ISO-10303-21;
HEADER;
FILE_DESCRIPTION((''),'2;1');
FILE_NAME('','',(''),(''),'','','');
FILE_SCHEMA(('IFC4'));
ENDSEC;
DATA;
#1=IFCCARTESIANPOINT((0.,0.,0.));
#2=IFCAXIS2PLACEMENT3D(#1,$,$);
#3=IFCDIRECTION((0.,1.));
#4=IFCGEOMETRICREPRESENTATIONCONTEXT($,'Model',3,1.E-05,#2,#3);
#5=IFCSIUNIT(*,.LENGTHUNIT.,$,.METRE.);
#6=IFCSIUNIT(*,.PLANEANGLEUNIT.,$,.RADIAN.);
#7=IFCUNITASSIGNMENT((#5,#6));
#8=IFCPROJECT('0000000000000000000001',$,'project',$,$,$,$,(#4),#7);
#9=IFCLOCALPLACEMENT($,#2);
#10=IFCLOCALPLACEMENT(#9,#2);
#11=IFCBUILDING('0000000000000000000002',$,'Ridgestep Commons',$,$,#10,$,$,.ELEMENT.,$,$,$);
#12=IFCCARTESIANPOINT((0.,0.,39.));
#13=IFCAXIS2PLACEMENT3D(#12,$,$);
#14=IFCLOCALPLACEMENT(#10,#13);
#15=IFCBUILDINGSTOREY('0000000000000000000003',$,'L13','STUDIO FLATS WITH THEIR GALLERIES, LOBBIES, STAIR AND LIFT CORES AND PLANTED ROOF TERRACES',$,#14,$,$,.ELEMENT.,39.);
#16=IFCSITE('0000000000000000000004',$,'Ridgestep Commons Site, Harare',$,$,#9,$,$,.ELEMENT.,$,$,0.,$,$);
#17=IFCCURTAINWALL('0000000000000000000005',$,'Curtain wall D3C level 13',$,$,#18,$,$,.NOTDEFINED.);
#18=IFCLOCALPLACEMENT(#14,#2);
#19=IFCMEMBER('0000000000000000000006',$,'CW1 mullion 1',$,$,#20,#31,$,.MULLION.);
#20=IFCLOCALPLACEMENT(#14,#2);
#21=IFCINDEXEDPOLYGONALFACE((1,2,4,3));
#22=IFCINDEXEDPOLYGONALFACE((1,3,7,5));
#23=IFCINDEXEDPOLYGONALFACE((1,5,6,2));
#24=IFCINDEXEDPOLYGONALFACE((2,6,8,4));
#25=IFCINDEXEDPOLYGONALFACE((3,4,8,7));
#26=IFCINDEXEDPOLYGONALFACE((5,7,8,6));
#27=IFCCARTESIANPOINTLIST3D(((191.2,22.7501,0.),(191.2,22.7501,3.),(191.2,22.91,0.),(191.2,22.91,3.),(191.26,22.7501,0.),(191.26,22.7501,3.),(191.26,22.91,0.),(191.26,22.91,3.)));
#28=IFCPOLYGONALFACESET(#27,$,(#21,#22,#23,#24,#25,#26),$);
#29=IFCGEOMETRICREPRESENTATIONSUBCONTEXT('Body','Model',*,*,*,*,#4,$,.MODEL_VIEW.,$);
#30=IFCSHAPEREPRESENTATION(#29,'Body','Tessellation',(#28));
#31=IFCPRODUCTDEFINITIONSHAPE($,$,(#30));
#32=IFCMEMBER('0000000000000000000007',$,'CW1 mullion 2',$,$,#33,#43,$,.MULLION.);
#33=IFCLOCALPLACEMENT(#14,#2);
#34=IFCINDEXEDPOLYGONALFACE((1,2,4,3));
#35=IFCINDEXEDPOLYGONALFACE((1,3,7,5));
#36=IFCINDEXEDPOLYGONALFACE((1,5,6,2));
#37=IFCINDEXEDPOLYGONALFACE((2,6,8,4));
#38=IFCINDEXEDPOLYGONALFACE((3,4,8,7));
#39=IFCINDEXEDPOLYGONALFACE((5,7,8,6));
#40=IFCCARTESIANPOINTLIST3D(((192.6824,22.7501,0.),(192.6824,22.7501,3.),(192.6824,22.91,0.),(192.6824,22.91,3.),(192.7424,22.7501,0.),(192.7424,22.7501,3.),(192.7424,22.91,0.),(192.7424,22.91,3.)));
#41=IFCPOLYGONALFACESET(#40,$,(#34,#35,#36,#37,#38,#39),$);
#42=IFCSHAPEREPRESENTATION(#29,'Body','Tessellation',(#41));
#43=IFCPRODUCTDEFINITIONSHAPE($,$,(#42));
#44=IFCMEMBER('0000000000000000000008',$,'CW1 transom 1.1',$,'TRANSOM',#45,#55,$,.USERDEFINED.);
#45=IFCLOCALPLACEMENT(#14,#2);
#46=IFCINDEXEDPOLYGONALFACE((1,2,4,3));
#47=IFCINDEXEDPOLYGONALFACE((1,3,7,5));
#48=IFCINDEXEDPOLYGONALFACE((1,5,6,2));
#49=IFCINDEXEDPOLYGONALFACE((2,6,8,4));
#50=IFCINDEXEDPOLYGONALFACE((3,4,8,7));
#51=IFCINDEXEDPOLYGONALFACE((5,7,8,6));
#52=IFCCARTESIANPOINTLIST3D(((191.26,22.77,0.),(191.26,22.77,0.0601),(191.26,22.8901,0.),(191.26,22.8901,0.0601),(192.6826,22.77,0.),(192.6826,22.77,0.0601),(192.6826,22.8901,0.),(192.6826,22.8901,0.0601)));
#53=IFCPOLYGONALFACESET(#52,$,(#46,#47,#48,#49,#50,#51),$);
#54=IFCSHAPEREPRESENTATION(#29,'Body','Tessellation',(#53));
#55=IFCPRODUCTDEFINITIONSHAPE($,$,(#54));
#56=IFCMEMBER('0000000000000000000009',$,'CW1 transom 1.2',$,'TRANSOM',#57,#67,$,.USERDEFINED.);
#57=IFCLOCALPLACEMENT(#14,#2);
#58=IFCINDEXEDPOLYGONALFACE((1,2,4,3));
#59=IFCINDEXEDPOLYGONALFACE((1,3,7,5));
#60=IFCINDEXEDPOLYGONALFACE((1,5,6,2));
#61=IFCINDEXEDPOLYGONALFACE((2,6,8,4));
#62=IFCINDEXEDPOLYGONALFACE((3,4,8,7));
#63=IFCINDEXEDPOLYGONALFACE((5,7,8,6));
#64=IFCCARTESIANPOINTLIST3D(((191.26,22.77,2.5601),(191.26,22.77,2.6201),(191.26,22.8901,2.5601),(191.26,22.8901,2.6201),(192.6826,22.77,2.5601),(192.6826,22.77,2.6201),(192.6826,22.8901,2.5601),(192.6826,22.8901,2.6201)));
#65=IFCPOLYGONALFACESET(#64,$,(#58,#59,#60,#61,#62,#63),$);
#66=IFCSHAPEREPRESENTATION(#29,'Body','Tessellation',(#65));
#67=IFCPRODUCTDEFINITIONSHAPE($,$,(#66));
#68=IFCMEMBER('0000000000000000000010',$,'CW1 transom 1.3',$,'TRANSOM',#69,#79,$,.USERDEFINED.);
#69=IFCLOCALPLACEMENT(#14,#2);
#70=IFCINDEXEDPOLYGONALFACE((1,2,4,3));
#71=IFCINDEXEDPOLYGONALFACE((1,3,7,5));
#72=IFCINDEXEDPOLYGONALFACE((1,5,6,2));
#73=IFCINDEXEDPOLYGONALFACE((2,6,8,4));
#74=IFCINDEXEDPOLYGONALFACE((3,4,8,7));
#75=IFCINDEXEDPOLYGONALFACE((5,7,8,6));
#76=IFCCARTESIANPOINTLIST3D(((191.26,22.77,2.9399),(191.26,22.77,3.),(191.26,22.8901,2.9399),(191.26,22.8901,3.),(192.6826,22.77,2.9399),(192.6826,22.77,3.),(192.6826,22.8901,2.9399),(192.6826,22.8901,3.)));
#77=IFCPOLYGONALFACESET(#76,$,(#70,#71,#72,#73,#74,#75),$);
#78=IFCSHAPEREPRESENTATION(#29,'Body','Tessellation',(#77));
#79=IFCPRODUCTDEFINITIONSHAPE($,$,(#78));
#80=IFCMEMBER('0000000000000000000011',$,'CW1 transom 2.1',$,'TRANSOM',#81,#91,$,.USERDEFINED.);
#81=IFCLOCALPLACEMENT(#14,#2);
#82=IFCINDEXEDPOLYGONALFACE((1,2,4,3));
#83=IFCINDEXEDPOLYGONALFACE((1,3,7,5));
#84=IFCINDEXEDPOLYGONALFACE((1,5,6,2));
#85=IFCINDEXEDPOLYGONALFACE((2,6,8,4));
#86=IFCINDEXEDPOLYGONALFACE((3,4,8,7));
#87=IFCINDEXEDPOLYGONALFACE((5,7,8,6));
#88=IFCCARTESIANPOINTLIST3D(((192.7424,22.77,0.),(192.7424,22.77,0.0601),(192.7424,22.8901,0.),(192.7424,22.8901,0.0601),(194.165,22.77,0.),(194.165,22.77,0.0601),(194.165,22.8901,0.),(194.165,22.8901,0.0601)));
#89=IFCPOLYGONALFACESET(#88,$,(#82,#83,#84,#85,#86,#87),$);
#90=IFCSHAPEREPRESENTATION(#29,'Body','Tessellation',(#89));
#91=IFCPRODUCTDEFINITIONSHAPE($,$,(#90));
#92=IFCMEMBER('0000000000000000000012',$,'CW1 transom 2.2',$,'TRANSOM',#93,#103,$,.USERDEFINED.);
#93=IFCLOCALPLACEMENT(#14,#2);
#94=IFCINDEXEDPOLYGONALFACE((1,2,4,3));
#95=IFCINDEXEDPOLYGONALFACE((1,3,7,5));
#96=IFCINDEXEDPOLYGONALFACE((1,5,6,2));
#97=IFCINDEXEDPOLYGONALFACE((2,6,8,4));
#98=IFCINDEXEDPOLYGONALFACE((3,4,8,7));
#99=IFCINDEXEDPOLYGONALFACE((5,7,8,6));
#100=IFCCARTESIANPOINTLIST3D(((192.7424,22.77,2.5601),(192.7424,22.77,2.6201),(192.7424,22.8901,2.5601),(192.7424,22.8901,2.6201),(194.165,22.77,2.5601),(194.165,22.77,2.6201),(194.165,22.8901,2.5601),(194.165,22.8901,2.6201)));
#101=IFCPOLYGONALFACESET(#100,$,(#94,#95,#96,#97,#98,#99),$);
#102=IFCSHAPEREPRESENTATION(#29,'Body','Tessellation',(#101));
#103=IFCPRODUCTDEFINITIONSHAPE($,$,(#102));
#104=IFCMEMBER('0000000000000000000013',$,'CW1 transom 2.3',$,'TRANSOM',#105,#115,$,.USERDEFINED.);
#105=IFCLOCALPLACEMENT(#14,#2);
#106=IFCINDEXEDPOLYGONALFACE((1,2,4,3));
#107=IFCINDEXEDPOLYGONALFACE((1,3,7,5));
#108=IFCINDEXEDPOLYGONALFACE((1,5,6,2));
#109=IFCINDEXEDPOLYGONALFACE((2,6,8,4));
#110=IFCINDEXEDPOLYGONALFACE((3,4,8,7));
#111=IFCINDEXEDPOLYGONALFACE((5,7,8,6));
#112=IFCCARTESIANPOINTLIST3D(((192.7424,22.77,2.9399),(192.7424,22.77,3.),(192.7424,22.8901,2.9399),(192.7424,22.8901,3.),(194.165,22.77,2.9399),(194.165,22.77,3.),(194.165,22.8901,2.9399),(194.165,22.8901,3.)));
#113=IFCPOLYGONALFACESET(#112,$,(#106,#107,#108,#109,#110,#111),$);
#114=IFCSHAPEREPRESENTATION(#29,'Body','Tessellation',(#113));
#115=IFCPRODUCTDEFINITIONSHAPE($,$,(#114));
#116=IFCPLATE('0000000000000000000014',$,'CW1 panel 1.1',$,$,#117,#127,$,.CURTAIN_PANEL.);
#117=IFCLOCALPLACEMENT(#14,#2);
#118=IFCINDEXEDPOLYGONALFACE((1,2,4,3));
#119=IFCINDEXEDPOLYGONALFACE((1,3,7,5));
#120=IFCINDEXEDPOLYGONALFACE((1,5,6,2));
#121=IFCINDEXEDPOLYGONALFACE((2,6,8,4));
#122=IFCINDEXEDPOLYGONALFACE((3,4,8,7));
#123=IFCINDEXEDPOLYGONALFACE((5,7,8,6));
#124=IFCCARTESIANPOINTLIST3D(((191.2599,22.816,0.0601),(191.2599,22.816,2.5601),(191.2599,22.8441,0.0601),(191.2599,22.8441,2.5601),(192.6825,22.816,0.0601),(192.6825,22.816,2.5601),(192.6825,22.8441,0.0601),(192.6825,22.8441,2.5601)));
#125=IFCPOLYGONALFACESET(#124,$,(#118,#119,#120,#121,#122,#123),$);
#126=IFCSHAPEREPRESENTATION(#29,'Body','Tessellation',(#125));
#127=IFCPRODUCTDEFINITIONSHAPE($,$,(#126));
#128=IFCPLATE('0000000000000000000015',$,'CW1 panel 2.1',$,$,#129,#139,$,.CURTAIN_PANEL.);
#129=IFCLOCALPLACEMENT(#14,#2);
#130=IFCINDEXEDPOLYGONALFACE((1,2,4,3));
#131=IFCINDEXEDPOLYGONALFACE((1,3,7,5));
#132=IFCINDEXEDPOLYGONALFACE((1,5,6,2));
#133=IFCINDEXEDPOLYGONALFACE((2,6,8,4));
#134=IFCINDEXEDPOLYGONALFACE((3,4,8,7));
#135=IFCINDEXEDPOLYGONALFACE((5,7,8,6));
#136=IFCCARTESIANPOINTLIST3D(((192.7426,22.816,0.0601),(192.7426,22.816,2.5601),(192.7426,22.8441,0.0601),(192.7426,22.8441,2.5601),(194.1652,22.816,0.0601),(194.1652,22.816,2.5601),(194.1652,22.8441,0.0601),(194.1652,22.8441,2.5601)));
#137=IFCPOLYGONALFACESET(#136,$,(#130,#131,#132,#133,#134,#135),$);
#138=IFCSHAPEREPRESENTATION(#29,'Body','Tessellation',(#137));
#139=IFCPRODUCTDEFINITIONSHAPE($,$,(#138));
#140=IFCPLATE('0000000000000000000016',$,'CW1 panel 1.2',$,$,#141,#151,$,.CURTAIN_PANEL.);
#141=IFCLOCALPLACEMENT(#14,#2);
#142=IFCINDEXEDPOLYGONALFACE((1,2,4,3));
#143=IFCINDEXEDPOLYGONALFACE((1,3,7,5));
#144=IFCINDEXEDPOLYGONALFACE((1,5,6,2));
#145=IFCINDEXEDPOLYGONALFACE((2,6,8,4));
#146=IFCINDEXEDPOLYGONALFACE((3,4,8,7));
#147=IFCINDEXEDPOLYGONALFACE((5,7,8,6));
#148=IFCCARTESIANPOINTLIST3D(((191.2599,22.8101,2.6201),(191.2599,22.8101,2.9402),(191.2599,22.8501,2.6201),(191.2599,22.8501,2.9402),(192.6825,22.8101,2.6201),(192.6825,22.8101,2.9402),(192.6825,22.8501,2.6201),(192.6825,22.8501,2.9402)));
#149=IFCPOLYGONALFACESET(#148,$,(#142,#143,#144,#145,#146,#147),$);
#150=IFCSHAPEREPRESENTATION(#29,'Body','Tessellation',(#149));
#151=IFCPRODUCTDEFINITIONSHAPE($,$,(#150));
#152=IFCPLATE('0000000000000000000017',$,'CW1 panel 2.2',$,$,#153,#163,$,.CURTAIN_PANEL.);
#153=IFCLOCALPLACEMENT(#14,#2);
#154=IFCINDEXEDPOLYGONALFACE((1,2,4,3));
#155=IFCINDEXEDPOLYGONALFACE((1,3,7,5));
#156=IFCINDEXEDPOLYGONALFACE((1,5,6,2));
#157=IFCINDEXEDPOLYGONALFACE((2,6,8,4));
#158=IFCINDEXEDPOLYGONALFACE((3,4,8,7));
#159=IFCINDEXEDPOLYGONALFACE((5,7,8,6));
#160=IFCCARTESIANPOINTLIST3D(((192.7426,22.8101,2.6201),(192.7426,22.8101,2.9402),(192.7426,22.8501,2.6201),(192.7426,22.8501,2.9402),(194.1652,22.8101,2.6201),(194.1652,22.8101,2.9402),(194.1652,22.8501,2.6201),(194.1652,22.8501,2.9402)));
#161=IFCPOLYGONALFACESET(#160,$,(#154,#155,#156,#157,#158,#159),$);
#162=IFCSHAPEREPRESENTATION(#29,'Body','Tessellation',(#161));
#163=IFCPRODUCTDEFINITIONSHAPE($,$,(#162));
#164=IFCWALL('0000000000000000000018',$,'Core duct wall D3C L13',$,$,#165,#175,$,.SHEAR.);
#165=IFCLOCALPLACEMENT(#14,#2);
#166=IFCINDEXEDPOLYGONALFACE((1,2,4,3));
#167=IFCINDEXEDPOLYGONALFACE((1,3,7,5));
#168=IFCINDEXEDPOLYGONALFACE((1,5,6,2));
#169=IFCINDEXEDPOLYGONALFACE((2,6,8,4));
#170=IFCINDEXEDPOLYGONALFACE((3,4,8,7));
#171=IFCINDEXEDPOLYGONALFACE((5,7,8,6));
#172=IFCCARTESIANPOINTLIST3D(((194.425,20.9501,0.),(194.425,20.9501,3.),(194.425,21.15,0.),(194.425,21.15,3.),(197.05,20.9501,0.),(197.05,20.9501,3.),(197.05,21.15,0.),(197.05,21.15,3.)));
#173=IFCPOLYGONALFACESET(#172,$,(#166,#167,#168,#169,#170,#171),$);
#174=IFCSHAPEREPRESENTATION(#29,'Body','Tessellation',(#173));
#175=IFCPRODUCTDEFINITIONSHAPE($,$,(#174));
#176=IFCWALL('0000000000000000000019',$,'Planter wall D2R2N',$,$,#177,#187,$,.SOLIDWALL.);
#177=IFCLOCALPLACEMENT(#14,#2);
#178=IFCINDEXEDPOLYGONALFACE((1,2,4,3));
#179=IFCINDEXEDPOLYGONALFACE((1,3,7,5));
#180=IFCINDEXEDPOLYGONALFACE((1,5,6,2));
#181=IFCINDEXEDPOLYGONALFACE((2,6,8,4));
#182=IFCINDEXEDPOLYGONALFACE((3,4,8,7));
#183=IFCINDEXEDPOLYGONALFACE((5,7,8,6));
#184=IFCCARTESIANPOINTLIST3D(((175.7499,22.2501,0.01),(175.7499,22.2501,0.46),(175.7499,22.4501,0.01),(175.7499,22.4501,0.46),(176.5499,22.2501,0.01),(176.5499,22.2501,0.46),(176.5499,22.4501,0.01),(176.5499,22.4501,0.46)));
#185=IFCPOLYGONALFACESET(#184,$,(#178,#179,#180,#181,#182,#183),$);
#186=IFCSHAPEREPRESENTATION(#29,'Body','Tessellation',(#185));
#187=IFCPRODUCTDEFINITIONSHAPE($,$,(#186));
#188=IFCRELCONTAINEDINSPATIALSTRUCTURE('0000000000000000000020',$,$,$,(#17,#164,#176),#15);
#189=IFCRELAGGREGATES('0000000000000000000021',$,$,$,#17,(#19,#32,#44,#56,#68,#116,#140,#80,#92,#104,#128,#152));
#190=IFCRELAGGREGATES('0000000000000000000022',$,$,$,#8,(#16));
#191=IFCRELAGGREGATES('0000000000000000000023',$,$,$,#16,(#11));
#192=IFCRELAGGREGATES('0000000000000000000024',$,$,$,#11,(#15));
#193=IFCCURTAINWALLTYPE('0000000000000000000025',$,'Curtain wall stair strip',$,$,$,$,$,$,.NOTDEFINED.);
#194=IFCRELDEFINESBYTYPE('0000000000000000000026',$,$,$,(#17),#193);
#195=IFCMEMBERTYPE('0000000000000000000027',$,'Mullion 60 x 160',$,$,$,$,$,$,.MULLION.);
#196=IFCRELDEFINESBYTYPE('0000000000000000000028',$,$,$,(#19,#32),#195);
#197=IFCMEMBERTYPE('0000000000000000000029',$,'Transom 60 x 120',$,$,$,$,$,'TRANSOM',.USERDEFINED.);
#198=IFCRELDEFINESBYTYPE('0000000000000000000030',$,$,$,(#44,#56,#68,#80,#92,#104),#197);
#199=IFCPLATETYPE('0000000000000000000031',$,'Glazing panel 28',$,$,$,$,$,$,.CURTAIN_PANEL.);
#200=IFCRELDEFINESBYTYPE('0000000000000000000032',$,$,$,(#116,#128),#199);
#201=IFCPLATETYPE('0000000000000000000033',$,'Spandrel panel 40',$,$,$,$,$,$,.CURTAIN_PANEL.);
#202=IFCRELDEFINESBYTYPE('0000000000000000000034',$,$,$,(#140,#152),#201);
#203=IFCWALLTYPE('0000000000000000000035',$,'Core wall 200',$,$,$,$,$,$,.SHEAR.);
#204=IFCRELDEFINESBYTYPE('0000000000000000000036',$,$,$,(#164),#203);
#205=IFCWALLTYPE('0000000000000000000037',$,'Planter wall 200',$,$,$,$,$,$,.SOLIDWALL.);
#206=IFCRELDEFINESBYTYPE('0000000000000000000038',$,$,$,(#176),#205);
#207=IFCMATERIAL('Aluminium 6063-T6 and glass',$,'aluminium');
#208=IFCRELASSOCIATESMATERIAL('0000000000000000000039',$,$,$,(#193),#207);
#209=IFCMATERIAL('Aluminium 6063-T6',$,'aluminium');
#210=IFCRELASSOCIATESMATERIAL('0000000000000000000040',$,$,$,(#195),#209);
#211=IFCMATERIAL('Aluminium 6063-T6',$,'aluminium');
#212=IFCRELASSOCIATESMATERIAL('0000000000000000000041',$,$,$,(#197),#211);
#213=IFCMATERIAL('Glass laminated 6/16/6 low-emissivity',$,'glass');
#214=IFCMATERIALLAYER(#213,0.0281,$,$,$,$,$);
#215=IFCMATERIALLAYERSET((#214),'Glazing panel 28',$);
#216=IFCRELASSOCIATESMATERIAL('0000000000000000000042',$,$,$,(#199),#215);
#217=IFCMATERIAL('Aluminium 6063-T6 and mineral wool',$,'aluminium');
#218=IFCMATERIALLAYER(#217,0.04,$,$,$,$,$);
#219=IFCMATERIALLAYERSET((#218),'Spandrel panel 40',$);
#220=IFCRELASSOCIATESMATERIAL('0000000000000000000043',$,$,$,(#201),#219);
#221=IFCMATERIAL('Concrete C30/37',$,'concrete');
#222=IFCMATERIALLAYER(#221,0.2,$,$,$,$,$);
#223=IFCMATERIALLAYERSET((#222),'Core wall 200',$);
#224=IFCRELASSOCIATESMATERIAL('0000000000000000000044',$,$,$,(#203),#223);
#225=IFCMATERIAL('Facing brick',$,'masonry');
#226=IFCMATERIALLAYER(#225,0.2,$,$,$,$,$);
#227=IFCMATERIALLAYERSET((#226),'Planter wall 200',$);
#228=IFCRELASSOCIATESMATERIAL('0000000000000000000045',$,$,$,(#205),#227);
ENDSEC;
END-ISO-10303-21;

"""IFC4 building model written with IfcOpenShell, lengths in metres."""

from ifc_helpers import new_model, si_unit, direction, frame, frame_2d, origin, origin_2d, place, context, subcontext, project, spatial, rectangle, extrude, material, layer, layer_set, material_profile, profile_set, type_object, element, aggregate, save


model = new_model("IFC4")

# Units and contexts
model_context = context("Model", 3, precision=1e-05, world=origin(), true_north=direction((0.0, 1.0)))
body_context = subcontext(model_context, "Body", "Model", "MODEL_VIEW")
ifc_project = project(units=[si_unit("LENGTHUNIT", "METRE"), si_unit("PLANEANGLEUNIT", "RADIAN")], contexts=[model_context])

# Site, building, storey
site_placement = place(None, origin())
site = spatial("IfcSite", under=ifc_project, at=site_placement, Name="Ridgestep Commons Site, Harare", CompositionType="ELEMENT", RefElevation=0.0)
building_placement = place(site_placement, origin())
building = spatial("IfcBuilding", under=site, at=building_placement, Name="Ridgestep Commons", CompositionType="ELEMENT")
storey_placement = place(building_placement, frame((0.0, 0.0, 39.0)))
storey = spatial("IfcBuildingStorey", under=building, at=storey_placement, Name="L13", Description="STUDIO FLATS WITH THEIR GALLERIES, LOBBIES, STAIR AND LIFT CORES AND PLANTED ROOF TERRACES", CompositionType="ELEMENT", Elevation=39.0)

# Curtain wall, members, plates
ifc_material_1 = material(Name="Aluminium 6063-T6 and glass", Category="aluminium")
curtain_wall_type = type_object("IfcCurtainWallType", Name="Curtain wall stair strip", PredefinedType="NOTDEFINED", material=ifc_material_1)
curtain_wall_placement = place(storey_placement, origin())
curtain_wall = element("IfcCurtainWall", 1, at=curtain_wall_placement, inside=storey, type_object=curtain_wall_type, Name="Curtain wall D3C level 13", PredefinedType="NOTDEFINED")
ifc_material_2 = material(Name="Aluminium 6063-T6", Category="aluminium")
ifc_material_profile_1 = material_profile(ifc_material_2, rectangle(XDim=0.1599, YDim=0.0601, at=origin_2d()), Name="Mullion 60 x 160")
ifc_profile_set_1 = profile_set([ifc_material_profile_1], Name="Aluminium 6063-T6")
member_type_1 = type_object("IfcMemberType", Name="Mullion 60 x 160", PredefinedType="MULLION", material=ifc_profile_set_1)
member_1_placement = place(storey_placement, frame((191.23, 22.8301, 0.0), z_axis=(0.0, 0.0, 1.0), x_axis=(0.0, 1.0, 0.0)))
member_1 = element("IfcMember", 2, at=member_1_placement, type_object=member_type_1, Name="CW1 mullion 1", PredefinedType="MULLION", context=body_context, shape_type="SweptSolid", body=[
    extrude(rectangle(XDim=0.1599, YDim=0.0601, at=origin_2d()), origin(), (0.0, 0.0, 1.0), 3.0),
])
member_2_placement = place(storey_placement, frame((192.7124, 22.8301, 0.0), z_axis=(0.0, 0.0, 1.0), x_axis=(0.0, 1.0, 0.0)))
member_2 = element("IfcMember", 3, at=member_2_placement, type_object=member_type_1, Name="CW1 mullion 2", PredefinedType="MULLION", context=body_context, shape_type="SweptSolid", body=[
    extrude(rectangle(XDim=0.1599, YDim=0.0601, at=origin_2d()), origin(), (0.0, 0.0, 1.0), 3.0),
])
ifc_material_3 = material(Name="Aluminium 6063-T6", Category="aluminium")
ifc_material_profile_2 = material_profile(ifc_material_3, rectangle(XDim=0.1201, YDim=0.0601, at=origin_2d()), Name="Transom 60 x 120")
ifc_profile_set_2 = profile_set([ifc_material_profile_2], Name="Aluminium 6063-T6")
member_type_2 = type_object("IfcMemberType", Name="Transom 60 x 120", ElementType="TRANSOM", PredefinedType="USERDEFINED", material=ifc_profile_set_2)
member_3_placement = place(storey_placement, frame((191.26, 22.8301, 0.03), z_axis=(1.0, 0.0, 0.0), x_axis=(0.0, 1.0, 0.0)))
member_3 = element("IfcMember", 4, at=member_3_placement, type_object=member_type_2, Name="CW1 transom 1.1", ObjectType="TRANSOM", PredefinedType="USERDEFINED", context=body_context, shape_type="SweptSolid", body=[
    extrude(rectangle(XDim=0.1201, YDim=0.0601, at=origin_2d()), origin(), (0.0, 0.0, 1.0), 1.4226),
])
member_4_placement = place(storey_placement, frame((191.26, 22.8301, 2.5901), z_axis=(1.0, 0.0, 0.0), x_axis=(0.0, 1.0, 0.0)))
member_4 = element("IfcMember", 5, at=member_4_placement, type_object=member_type_2, Name="CW1 transom 1.2", ObjectType="TRANSOM", PredefinedType="USERDEFINED", context=body_context, shape_type="SweptSolid", body=[
    extrude(rectangle(XDim=0.1201, YDim=0.0601, at=origin_2d()), origin(), (0.0, 0.0, 1.0), 1.4226),
])
member_5_placement = place(storey_placement, frame((191.26, 22.8301, 2.97), z_axis=(1.0, 0.0, 0.0), x_axis=(0.0, 1.0, 0.0)))
member_5 = element("IfcMember", 6, at=member_5_placement, type_object=member_type_2, Name="CW1 transom 1.3", ObjectType="TRANSOM", PredefinedType="USERDEFINED", context=body_context, shape_type="SweptSolid", body=[
    extrude(rectangle(XDim=0.1201, YDim=0.0601, at=origin_2d()), origin(), (0.0, 0.0, 1.0), 1.4226),
])
member_6_placement = place(storey_placement, frame((192.7424, 22.8301, 0.03), z_axis=(1.0, 0.0, 0.0), x_axis=(0.0, 1.0, 0.0)))
member_6 = element("IfcMember", 7, at=member_6_placement, type_object=member_type_2, Name="CW1 transom 2.1", ObjectType="TRANSOM", PredefinedType="USERDEFINED", context=body_context, shape_type="SweptSolid", body=[
    extrude(rectangle(XDim=0.1201, YDim=0.0601, at=origin_2d()), origin(), (0.0, 0.0, 1.0), 1.4226),
])
member_7_placement = place(storey_placement, frame((192.7424, 22.8301, 2.5901), z_axis=(1.0, 0.0, 0.0), x_axis=(0.0, 1.0, 0.0)))
member_7 = element("IfcMember", 8, at=member_7_placement, type_object=member_type_2, Name="CW1 transom 2.2", ObjectType="TRANSOM", PredefinedType="USERDEFINED", context=body_context, shape_type="SweptSolid", body=[
    extrude(rectangle(XDim=0.1201, YDim=0.0601, at=origin_2d()), origin(), (0.0, 0.0, 1.0), 1.4226),
])
member_8_placement = place(storey_placement, frame((192.7424, 22.8301, 2.97), z_axis=(1.0, 0.0, 0.0), x_axis=(0.0, 1.0, 0.0)))
member_8 = element("IfcMember", 9, at=member_8_placement, type_object=member_type_2, Name="CW1 transom 2.3", ObjectType="TRANSOM", PredefinedType="USERDEFINED", context=body_context, shape_type="SweptSolid", body=[
    extrude(rectangle(XDim=0.1201, YDim=0.0601, at=origin_2d()), origin(), (0.0, 0.0, 1.0), 1.4226),
])
ifc_material_4 = material(Name="Glass laminated 6/16/6 low-emissivity", Category="glass")
ifc_layer_1 = layer(ifc_material_4, 0.0281)
ifc_layer_set_1 = layer_set([ifc_layer_1], Name="Glazing panel 28")
plate_type_1 = type_object("IfcPlateType", Name="Glazing panel 28", PredefinedType="CURTAIN_PANEL", material=ifc_layer_set_1)
plate_1_placement = place(storey_placement, frame((191.9712, 22.8301, 0.0601), z_axis=(0.0, 0.0, 1.0), x_axis=(1.0, 0.0, 0.0)))
plate_1 = element("IfcPlate", 10, at=plate_1_placement, type_object=plate_type_1, Name="CW1 panel 1.1", PredefinedType="CURTAIN_PANEL", context=body_context, shape_type="SweptSolid", body=[
    extrude(rectangle(XDim=1.4226, YDim=0.0281, at=origin_2d()), origin(), (0.0, 0.0, 1.0), 2.5),
])
plate_2_placement = place(storey_placement, frame((193.4539, 22.8301, 0.0601), z_axis=(0.0, 0.0, 1.0), x_axis=(1.0, 0.0, 0.0)))
plate_2 = element("IfcPlate", 11, at=plate_2_placement, type_object=plate_type_1, Name="CW1 panel 2.1", PredefinedType="CURTAIN_PANEL", context=body_context, shape_type="SweptSolid", body=[
    extrude(rectangle(XDim=1.4226, YDim=0.0281, at=origin_2d()), origin(), (0.0, 0.0, 1.0), 2.5),
])
ifc_material_5 = material(Name="Aluminium 6063-T6 and mineral wool", Category="aluminium")
ifc_layer_2 = layer(ifc_material_5, 0.04)
ifc_layer_set_2 = layer_set([ifc_layer_2], Name="Spandrel panel 40")
plate_type_2 = type_object("IfcPlateType", Name="Spandrel panel 40", PredefinedType="CURTAIN_PANEL", material=ifc_layer_set_2)
plate_3_placement = place(storey_placement, frame((191.9712, 22.8301, 2.6201), z_axis=(0.0, 0.0, 1.0), x_axis=(1.0, 0.0, 0.0)))
plate_3 = element("IfcPlate", 12, at=plate_3_placement, type_object=plate_type_2, Name="CW1 panel 1.2", PredefinedType="CURTAIN_PANEL", context=body_context, shape_type="SweptSolid", body=[
    extrude(rectangle(XDim=1.4226, YDim=0.04, at=origin_2d()), origin(), (0.0, 0.0, 1.0), 0.3201),
])
plate_4_placement = place(storey_placement, frame((193.4539, 22.8301, 2.6201), z_axis=(0.0, 0.0, 1.0), x_axis=(1.0, 0.0, 0.0)))
plate_4 = element("IfcPlate", 13, at=plate_4_placement, type_object=plate_type_2, Name="CW1 panel 2.2", PredefinedType="CURTAIN_PANEL", context=body_context, shape_type="SweptSolid", body=[
    extrude(rectangle(XDim=1.4226, YDim=0.04, at=origin_2d()), origin(), (0.0, 0.0, 1.0), 0.3201),
])
aggregate(curtain_wall, [member_1, member_2, member_3, member_4, member_5, plate_1, plate_3, member_6, member_7, member_8, plate_2, plate_4])

# Walls
ifc_material_6 = material(Name="Concrete C30/37", Category="concrete")
ifc_layer_3 = layer(ifc_material_6, 0.2)
ifc_layer_set_3 = layer_set([ifc_layer_3], Name="Core wall 200")
wall_type_1 = type_object("IfcWallType", Name="Core wall 200", PredefinedType="SHEAR", material=ifc_layer_set_3)
wall_placement = place(storey_placement, frame((194.425, 21.05, 0.0), z_axis=(0.0, 0.0, 1.0), x_axis=(1.0, 0.0, 0.0)))
element("IfcWall", 14, at=wall_placement, inside=storey, type_object=wall_type_1, Name="Core duct wall D3C L13", PredefinedType="SHEAR", context=body_context, shape_type="SweptSolid", body=[
    extrude(rectangle(XDim=2.625, YDim=0.2, at=frame_2d((1.3125, 0.0))), origin(), (0.0, 0.0, 1.0), 3.0),
])
ifc_material_7 = material(Name="Facing brick", Category="masonry")
ifc_layer_4 = layer(ifc_material_7, 0.2)
ifc_layer_set_4 = layer_set([ifc_layer_4], Name="Planter wall 200")
wall_type_2 = type_object("IfcWallType", Name="Planter wall 200", PredefinedType="SOLIDWALL", material=ifc_layer_set_4)
for number, where, z_axis, x_axis, name in (
    (15, (175.75, 22.3501, 0.01), (0.0, 0.0, 1.0), (1.0, 0.0, 0.0), "Planter wall D2R2N"),
):
    element("IfcWall", number, at=place(storey_placement, frame(where, z_axis=z_axis, x_axis=x_axis)), inside=storey, type_object=wall_type_2, Name=name, PredefinedType="SOLIDWALL", context=body_context, shape_type="SweptSolid", body=[
        extrude(rectangle(XDim=0.8, YDim=0.2, at=frame_2d((0.3999, 0.0))), origin(), (0.0, 0.0, 1.0), 0.45),
    ])

save(model, "model.ifc")
